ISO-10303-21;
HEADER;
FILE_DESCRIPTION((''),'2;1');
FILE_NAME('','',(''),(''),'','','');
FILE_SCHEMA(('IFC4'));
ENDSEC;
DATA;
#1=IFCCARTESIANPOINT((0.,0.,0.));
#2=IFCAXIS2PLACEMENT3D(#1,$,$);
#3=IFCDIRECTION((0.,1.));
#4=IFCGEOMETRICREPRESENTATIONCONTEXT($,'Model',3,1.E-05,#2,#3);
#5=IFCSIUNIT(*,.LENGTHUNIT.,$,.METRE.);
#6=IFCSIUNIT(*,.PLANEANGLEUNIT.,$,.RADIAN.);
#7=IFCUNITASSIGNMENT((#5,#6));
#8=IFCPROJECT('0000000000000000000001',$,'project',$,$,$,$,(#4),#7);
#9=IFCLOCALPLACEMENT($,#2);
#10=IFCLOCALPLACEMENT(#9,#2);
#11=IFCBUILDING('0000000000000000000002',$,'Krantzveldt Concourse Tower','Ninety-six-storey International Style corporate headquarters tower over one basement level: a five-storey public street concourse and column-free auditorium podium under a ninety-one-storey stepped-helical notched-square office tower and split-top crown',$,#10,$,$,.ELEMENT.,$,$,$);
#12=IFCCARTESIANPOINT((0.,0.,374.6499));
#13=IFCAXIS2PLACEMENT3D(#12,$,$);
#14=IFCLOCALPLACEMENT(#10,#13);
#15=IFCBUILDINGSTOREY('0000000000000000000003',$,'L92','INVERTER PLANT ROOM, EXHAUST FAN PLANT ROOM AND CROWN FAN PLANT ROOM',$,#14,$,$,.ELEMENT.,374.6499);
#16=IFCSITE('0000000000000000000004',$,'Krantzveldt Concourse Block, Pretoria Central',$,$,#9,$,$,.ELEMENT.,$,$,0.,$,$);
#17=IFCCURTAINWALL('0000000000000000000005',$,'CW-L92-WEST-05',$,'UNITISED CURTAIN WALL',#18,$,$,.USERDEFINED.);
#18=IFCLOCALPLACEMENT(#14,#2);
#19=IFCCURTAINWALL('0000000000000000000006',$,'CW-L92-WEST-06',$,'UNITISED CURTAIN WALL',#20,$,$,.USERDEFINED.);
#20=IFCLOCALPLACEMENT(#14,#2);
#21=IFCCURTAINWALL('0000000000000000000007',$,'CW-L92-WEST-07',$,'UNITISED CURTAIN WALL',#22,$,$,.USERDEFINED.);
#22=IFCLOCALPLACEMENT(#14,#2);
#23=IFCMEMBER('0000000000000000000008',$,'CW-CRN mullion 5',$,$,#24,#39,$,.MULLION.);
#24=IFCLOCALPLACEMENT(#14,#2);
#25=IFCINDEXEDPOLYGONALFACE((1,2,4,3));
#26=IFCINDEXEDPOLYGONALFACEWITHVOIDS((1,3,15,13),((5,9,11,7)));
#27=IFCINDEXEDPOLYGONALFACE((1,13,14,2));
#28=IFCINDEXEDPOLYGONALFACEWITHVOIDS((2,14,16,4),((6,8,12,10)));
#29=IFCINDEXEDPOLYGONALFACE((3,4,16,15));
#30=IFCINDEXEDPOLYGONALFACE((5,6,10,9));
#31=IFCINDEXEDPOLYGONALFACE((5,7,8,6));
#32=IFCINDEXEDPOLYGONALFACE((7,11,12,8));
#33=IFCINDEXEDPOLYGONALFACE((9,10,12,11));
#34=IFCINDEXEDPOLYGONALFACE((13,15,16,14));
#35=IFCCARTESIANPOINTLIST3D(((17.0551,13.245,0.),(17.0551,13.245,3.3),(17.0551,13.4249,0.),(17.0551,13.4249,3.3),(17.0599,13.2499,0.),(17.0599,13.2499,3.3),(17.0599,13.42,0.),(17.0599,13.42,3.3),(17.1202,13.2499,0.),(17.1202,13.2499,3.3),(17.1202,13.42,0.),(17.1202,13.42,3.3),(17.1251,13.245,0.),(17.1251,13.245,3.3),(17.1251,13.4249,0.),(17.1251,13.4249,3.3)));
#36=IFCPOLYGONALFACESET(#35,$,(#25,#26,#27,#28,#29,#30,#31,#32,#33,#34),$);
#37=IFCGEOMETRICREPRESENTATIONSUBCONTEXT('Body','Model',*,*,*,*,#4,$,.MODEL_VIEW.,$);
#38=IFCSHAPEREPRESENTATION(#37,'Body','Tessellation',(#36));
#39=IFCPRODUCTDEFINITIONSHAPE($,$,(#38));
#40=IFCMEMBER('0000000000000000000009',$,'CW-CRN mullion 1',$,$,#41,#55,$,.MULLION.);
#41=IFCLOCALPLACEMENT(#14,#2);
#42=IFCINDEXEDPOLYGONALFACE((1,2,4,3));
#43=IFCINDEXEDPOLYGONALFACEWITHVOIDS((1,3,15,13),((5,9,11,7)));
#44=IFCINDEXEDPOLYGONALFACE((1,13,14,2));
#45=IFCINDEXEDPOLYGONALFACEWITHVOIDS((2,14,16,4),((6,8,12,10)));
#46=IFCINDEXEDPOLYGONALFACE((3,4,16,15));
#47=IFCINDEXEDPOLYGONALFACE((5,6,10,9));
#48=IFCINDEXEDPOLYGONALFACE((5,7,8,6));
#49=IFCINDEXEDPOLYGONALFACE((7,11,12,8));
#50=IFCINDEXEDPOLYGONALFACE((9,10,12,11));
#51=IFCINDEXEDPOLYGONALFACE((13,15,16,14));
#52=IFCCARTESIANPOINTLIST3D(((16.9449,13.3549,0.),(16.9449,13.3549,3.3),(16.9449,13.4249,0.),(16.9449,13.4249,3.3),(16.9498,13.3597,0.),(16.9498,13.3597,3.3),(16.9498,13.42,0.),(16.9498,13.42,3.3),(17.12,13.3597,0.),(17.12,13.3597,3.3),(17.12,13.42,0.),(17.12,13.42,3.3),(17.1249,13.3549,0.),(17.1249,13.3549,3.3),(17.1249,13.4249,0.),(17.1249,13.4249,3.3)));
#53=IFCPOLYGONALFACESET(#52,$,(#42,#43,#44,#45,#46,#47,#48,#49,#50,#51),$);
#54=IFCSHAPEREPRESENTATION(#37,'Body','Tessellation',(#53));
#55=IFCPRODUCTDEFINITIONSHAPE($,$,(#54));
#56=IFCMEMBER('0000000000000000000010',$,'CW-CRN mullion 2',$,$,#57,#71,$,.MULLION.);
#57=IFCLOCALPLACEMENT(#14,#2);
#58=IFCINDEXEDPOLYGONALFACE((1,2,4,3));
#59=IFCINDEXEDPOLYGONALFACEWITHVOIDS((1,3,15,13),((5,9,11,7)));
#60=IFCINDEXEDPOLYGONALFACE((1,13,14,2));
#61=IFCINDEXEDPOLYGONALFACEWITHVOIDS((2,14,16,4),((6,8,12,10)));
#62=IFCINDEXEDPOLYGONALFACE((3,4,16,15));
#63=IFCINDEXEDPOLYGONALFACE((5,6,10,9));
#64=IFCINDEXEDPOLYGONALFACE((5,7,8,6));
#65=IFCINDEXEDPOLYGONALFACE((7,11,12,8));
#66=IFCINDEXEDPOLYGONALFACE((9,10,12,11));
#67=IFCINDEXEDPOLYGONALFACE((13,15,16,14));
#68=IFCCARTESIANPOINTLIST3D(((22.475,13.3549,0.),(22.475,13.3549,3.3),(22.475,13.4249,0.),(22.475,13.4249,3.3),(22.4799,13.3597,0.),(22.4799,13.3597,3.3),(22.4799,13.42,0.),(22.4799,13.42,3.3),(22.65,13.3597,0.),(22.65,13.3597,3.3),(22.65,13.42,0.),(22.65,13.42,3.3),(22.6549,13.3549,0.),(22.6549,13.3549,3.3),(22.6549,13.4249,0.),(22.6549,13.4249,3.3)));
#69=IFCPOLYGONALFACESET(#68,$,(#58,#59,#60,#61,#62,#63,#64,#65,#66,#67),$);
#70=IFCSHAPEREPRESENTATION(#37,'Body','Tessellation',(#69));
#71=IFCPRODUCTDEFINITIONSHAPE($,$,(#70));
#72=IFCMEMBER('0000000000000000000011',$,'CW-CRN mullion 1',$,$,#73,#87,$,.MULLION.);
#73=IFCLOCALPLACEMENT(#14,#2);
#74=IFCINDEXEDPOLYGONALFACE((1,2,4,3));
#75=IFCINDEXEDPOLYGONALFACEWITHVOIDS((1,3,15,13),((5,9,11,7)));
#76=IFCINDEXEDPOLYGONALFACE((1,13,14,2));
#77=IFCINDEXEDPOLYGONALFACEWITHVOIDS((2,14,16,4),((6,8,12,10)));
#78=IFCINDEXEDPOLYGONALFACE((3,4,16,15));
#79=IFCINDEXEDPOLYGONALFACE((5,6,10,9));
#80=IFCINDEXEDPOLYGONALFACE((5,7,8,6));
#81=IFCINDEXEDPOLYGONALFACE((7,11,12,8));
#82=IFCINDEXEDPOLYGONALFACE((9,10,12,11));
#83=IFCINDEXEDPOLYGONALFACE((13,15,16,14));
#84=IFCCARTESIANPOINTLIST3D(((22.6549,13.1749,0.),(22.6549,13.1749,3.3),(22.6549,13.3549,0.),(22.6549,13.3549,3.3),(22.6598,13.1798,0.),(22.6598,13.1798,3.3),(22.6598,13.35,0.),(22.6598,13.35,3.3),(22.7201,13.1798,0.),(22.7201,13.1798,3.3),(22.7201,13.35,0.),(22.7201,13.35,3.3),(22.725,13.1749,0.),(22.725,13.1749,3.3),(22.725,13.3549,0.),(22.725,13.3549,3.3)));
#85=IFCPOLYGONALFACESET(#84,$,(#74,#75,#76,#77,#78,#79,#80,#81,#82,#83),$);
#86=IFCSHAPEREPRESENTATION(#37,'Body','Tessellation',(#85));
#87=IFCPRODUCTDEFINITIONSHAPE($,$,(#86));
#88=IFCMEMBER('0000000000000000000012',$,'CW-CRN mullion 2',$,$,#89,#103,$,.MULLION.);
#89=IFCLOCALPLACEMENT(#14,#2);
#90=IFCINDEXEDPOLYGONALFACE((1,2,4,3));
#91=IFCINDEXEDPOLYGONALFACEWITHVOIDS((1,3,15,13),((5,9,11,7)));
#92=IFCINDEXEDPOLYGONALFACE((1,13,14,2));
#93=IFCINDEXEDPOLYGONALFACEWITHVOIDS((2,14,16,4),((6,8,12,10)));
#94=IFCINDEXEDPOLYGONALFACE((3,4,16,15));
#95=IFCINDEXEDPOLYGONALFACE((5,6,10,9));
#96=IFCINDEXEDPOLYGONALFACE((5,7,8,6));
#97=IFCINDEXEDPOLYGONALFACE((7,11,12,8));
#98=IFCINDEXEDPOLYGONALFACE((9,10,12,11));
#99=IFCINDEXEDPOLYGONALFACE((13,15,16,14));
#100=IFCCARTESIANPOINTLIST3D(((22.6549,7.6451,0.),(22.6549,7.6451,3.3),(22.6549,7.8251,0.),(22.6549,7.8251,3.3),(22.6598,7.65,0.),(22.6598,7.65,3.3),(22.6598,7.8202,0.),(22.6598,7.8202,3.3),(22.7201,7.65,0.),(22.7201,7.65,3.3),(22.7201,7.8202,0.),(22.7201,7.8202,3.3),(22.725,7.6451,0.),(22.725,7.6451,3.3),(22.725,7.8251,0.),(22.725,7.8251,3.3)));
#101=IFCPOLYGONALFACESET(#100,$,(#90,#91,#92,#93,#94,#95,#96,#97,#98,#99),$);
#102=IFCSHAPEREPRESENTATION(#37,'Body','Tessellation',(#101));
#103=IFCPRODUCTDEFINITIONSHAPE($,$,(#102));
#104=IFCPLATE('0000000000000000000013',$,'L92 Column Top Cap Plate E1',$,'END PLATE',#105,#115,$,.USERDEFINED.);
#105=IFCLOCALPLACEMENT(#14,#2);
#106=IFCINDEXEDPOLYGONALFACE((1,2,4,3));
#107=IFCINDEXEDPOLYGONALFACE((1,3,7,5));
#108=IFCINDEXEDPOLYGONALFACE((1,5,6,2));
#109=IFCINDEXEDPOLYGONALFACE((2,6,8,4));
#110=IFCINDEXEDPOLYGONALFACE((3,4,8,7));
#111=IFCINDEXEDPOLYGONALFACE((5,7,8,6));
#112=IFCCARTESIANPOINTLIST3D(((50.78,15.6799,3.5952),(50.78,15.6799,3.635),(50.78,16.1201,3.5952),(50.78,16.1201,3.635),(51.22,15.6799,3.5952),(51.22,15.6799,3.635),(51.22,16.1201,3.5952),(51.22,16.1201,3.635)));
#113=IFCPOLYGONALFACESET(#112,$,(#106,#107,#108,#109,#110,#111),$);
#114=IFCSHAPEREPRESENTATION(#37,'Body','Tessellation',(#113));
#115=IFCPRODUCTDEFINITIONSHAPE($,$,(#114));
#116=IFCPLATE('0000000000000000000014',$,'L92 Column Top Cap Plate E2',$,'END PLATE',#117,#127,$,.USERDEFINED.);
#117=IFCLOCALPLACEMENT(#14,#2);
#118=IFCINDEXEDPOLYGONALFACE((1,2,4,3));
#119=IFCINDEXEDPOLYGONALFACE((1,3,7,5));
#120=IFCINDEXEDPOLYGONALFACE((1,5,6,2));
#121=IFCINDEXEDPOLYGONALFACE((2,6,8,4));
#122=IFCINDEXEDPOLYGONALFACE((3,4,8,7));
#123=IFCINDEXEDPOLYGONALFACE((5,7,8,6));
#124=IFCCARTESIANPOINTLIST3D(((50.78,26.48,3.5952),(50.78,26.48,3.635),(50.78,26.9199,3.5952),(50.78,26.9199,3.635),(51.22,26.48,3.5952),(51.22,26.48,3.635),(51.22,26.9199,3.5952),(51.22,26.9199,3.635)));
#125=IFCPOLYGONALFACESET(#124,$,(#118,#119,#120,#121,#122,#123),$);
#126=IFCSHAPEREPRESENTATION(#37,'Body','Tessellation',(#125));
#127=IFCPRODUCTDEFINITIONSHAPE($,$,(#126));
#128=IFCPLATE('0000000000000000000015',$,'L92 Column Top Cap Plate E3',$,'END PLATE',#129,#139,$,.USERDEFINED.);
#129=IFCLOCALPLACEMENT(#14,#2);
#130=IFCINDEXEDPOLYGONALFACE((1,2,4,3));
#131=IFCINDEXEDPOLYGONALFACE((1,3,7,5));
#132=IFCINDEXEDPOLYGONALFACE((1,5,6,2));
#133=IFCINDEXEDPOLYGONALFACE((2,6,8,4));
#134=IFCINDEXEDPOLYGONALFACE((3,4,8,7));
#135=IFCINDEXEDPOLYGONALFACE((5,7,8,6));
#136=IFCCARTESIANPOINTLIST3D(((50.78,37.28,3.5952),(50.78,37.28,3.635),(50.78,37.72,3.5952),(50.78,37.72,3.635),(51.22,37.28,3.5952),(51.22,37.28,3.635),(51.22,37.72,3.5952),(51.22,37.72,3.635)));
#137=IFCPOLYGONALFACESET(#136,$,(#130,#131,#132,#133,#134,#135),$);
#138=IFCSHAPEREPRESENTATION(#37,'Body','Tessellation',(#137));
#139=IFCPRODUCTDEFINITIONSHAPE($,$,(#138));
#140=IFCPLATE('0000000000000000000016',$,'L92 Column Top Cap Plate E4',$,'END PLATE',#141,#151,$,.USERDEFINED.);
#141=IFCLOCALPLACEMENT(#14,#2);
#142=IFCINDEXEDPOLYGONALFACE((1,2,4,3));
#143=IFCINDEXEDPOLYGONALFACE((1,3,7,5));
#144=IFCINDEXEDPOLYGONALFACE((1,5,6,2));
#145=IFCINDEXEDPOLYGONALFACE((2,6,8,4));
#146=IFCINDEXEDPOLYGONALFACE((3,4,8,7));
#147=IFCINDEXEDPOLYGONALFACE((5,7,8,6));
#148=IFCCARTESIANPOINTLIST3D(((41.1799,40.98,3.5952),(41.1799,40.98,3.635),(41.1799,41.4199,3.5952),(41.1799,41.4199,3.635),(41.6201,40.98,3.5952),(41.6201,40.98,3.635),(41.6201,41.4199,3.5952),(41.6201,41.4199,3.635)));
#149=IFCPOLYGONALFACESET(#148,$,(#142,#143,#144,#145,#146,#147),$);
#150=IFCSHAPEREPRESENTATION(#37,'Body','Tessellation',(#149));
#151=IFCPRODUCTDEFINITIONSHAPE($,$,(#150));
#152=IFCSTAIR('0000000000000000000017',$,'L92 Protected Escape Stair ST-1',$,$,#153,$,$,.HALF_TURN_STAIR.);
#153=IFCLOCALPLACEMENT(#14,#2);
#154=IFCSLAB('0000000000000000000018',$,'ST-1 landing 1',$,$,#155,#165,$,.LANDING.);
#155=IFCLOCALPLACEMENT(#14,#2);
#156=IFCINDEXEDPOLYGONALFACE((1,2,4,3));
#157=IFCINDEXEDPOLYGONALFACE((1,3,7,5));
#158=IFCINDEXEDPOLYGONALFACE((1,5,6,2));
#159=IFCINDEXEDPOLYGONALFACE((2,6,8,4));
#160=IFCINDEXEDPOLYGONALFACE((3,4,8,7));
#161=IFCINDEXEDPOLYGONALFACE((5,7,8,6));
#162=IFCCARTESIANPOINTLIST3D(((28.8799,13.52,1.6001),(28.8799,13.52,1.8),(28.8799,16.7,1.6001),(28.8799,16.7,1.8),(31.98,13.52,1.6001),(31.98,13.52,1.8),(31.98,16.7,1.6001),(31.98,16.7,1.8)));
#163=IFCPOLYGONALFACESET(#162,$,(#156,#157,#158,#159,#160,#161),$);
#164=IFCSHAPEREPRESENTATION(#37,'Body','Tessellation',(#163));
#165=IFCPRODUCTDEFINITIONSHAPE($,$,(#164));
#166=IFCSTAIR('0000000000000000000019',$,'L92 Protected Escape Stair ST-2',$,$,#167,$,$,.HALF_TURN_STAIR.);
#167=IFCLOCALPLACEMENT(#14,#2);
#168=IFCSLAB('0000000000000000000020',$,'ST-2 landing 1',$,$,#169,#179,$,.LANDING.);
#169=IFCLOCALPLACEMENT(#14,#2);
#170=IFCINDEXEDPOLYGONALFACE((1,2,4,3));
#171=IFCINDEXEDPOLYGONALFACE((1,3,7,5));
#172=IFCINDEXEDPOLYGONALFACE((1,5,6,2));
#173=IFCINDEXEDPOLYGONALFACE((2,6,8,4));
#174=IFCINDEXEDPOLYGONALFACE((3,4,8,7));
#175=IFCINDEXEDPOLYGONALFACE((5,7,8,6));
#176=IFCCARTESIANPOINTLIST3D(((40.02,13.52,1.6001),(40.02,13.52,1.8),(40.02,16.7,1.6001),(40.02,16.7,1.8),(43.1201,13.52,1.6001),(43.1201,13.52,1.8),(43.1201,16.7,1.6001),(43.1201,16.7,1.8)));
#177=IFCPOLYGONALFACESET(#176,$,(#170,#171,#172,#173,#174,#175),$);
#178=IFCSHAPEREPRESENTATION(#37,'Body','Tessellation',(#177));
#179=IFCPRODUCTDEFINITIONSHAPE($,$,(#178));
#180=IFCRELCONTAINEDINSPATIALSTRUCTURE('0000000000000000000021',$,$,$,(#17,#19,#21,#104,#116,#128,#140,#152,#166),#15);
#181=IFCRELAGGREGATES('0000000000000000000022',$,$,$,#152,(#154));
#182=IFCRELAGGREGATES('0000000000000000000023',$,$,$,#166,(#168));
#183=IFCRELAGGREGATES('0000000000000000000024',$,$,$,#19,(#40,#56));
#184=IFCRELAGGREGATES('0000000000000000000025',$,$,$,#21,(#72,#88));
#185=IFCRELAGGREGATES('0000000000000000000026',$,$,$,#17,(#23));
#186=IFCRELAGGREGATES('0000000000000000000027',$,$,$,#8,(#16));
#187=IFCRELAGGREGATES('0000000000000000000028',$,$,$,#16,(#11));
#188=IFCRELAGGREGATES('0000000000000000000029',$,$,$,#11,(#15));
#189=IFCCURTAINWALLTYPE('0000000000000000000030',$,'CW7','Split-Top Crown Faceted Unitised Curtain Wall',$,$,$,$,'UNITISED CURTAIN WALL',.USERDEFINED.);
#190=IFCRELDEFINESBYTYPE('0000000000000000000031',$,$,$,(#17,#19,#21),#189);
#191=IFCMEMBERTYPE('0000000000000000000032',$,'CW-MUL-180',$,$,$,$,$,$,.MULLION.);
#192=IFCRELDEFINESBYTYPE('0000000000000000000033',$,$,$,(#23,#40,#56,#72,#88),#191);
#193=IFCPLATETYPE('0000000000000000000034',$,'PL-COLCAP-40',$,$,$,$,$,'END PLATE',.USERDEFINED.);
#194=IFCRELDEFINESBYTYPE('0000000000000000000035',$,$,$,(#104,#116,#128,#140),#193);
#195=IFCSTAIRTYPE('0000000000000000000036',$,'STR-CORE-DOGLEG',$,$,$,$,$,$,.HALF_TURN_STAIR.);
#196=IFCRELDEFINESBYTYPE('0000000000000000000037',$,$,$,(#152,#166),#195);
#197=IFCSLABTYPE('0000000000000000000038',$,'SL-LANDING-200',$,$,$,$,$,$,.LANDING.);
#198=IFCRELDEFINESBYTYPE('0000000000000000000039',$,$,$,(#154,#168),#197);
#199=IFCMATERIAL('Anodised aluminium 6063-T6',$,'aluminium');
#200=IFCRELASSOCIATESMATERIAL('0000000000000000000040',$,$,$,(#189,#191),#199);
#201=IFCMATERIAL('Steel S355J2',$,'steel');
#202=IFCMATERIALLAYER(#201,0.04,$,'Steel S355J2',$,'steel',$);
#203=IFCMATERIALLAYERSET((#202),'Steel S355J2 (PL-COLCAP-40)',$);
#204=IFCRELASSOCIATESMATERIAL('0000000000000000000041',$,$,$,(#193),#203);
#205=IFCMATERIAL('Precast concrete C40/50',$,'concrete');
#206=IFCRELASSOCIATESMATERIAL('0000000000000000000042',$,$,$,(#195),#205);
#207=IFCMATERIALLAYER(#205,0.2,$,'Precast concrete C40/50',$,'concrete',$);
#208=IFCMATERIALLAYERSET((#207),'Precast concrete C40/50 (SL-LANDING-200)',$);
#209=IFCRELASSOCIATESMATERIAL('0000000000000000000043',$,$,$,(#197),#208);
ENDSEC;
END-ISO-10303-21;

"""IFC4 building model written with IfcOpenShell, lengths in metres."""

from ifc_helpers import new_model, si_unit, direction, frame, origin, origin_2d, place, context, subcontext, project, spatial, polyline, hollow_rectangle, outline, extrude, source, transform, mapped, material, layer, layer_set, material_profile, profile_set, type_object, type_shapes, element, aggregate, save


model = new_model("IFC4")

# Units and contexts
model_context = context("Model", 3, precision=1e-05, world=origin(), true_north=direction((0.0, 1.0)))
body_context = subcontext(model_context, "Body", "Model", "MODEL_VIEW")
ifc_project = project(units=[si_unit("LENGTHUNIT", "METRE"), si_unit("PLANEANGLEUNIT", "RADIAN")], contexts=[model_context])

# Site, building, storey
site_placement = place(None, origin())
site = spatial("IfcSite", under=ifc_project, at=site_placement, Name="Krantzveldt Concourse Block, Pretoria Central", CompositionType="ELEMENT", RefElevation=0.0)
building_placement = place(site_placement, origin())
building = spatial("IfcBuilding", under=site, at=building_placement, Name="Krantzveldt Concourse Tower", Description="Ninety-six-storey International Style corporate headquarters tower over one basement level: a five-storey public street concourse and column-free auditorium podium under a ninety-one-storey stepped-helical notched-square office tower and split-top crown", CompositionType="ELEMENT")
storey_placement = place(building_placement, frame((0.0, 0.0, 374.6499)))
storey = spatial("IfcBuildingStorey", under=building, at=storey_placement, Name="L92", Description="INVERTER PLANT ROOM, EXHAUST FAN PLANT ROOM AND CROWN FAN PLANT ROOM", CompositionType="ELEMENT", Elevation=374.6499)

# Shared definitions
ifc_material_1 = material(Name="Steel S355J2", Category="steel")

# Curtain walls
ifc_material_2 = material(Name="Anodised aluminium 6063-T6", Category="aluminium")
curtain_wall_type = type_object("IfcCurtainWallType", Name="CW7", Description="Split-Top Crown Faceted Unitised Curtain Wall", ElementType="UNITISED CURTAIN WALL", PredefinedType="USERDEFINED", material=ifc_material_2)
curtain_wall_1_placement = place(storey_placement, origin())
curtain_wall_1 = element("IfcCurtainWall", 1, at=curtain_wall_1_placement, inside=storey, type_object=curtain_wall_type, Name="CW-L92-WEST-05", ObjectType="UNITISED CURTAIN WALL", PredefinedType="USERDEFINED")
curtain_wall_2_placement = place(storey_placement, origin())
curtain_wall_2 = element("IfcCurtainWall", 2, at=curtain_wall_2_placement, inside=storey, type_object=curtain_wall_type, Name="CW-L92-WEST-06", ObjectType="UNITISED CURTAIN WALL", PredefinedType="USERDEFINED")
curtain_wall_3_placement = place(storey_placement, origin())
curtain_wall_3 = element("IfcCurtainWall", 3, at=curtain_wall_3_placement, inside=storey, type_object=curtain_wall_type, Name="CW-L92-WEST-07", ObjectType="UNITISED CURTAIN WALL", PredefinedType="USERDEFINED")
ifc_material_profile_1 = material_profile(ifc_material_2, hollow_rectangle(XDim=0.0701, YDim=0.1799, WallThickness=0.0049, at=origin_2d()), Name="Anodised aluminium 6063-T6", Category="aluminium")
ifc_profile_set_1 = profile_set([ifc_material_profile_1], Name="Anodised aluminium 6063-T6 - ALU-MULL 180x70x5")
member_type_1 = type_object("IfcMemberType", Name="CW-MUL-180", PredefinedType="MULLION", material=ifc_profile_set_1)
shared_shape_1 = source(origin(), body_context, "Body", "SweptSolid", [
    extrude(hollow_rectangle(XDim=0.0701, YDim=0.1799, WallThickness=0.0049, at=origin_2d()), origin(), (0.0, 0.0, 1.0), 3.3),
])
type_shapes(member_type_1, [shared_shape_1])

# Members
member_1_placement = place(storey_placement, frame((17.0901, 13.335, 0.0), z_axis=(0.0, 0.0, 1.0), x_axis=(1.0, 0.0, 0.0)))
member_1 = element("IfcMember", 4, at=member_1_placement, type_object=member_type_1, Name="CW-CRN mullion 5", PredefinedType="MULLION", context=body_context, shape_type="MappedRepresentation", body=[
    mapped(shared_shape_1, transform((0.0, 0.0, 0.0), x_axis=(1.0, 0.0, 0.0), y_axis=(0.0, 1.0, 0.0), z_axis=(0.0, 0.0, 1.0), scale=1.0)),
])
member_2_placement = place(storey_placement, frame((17.0349, 13.3899, 0.0), z_axis=(0.0, 0.0, 1.0), x_axis=(0.0, 1.0, 0.0)))
member_2 = element("IfcMember", 5, at=member_2_placement, type_object=member_type_1, Name="CW-CRN mullion 1", PredefinedType="MULLION", context=body_context, shape_type="MappedRepresentation", body=[
    mapped(shared_shape_1, transform((0.0, 0.0, 0.0), x_axis=(1.0, 0.0, 0.0), y_axis=(0.0, 1.0, 0.0), z_axis=(0.0, 0.0, 1.0), scale=1.0)),
])
member_3_placement = place(storey_placement, frame((22.5649, 13.3899, 0.0), z_axis=(0.0, 0.0, 1.0), x_axis=(0.0, 1.0, 0.0)))
member_3 = element("IfcMember", 6, at=member_3_placement, type_object=member_type_1, Name="CW-CRN mullion 2", PredefinedType="MULLION", context=body_context, shape_type="MappedRepresentation", body=[
    mapped(shared_shape_1, transform((0.0, 0.0, 0.0), x_axis=(1.0, 0.0, 0.0), y_axis=(0.0, 1.0, 0.0), z_axis=(0.0, 0.0, 1.0), scale=1.0)),
])
member_4_placement = place(storey_placement, frame((22.6899, 13.2649, 0.0), z_axis=(0.0, 0.0, 1.0), x_axis=(1.0, 0.0, 0.0)))
member_4 = element("IfcMember", 7, at=member_4_placement, type_object=member_type_1, Name="CW-CRN mullion 1", PredefinedType="MULLION", context=body_context, shape_type="MappedRepresentation", body=[
    mapped(shared_shape_1, transform((0.0, 0.0, 0.0), x_axis=(1.0, 0.0, 0.0), y_axis=(0.0, 1.0, 0.0), z_axis=(0.0, 0.0, 1.0), scale=1.0)),
])
member_5_placement = place(storey_placement, frame((22.6899, 7.7351, 0.0), z_axis=(0.0, 0.0, 1.0), x_axis=(1.0, 0.0, 0.0)))
member_5 = element("IfcMember", 8, at=member_5_placement, type_object=member_type_1, Name="CW-CRN mullion 2", PredefinedType="MULLION", context=body_context, shape_type="MappedRepresentation", body=[
    mapped(shared_shape_1, transform((0.0, 0.0, 0.0), x_axis=(1.0, 0.0, 0.0), y_axis=(0.0, 1.0, 0.0), z_axis=(0.0, 0.0, 1.0), scale=1.0)),
])

# Plates
ifc_layer_1 = layer(ifc_material_1, 0.04, Name="Steel S355J2", Category="steel")
ifc_layer_set_1 = layer_set([ifc_layer_1], Name="Steel S355J2 (PL-COLCAP-40)")
plate_type_1 = type_object("IfcPlateType", Name="PL-COLCAP-40", ElementType="END PLATE", PredefinedType="USERDEFINED", material=ifc_layer_set_1)
plate_1_placement = place(storey_placement, frame((0.0, 0.0, 3.5952)))
element("IfcPlate", 9, at=plate_1_placement, inside=storey, type_object=plate_type_1, Name="L92 Column Top Cap Plate E1", ObjectType="END PLATE", PredefinedType="USERDEFINED", context=body_context, shape_type="SweptSolid", body=[
    extrude(outline(polyline([(50.78, 15.6799), (51.22, 15.6799), (51.22, 16.1201), (50.78, 16.1201), (50.78, 15.6799)])), origin(), (0.0, 0.0, 1.0), 0.0398),
])
plate_2_placement = place(storey_placement, frame((0.0, 0.0, 3.5952)))
element("IfcPlate", 10, at=plate_2_placement, inside=storey, type_object=plate_type_1, Name="L92 Column Top Cap Plate E2", ObjectType="END PLATE", PredefinedType="USERDEFINED", context=body_context, shape_type="SweptSolid", body=[
    extrude(outline(polyline([(50.78, 26.48), (51.22, 26.48), (51.22, 26.9199), (50.78, 26.9199), (50.78, 26.48)])), origin(), (0.0, 0.0, 1.0), 0.0398),
])
plate_3_placement = place(storey_placement, frame((0.0, 0.0, 3.5952)))
element("IfcPlate", 11, at=plate_3_placement, inside=storey, type_object=plate_type_1, Name="L92 Column Top Cap Plate E3", ObjectType="END PLATE", PredefinedType="USERDEFINED", context=body_context, shape_type="SweptSolid", body=[
    extrude(outline(polyline([(50.78, 37.28), (51.22, 37.28), (51.22, 37.72), (50.78, 37.72), (50.78, 37.28)])), origin(), (0.0, 0.0, 1.0), 0.0398),
])
plate_4_placement = place(storey_placement, frame((0.0, 0.0, 3.5952)))
element("IfcPlate", 12, at=plate_4_placement, inside=storey, type_object=plate_type_1, Name="L92 Column Top Cap Plate E4", ObjectType="END PLATE", PredefinedType="USERDEFINED", context=body_context, shape_type="SweptSolid", body=[
    extrude(outline(polyline([(41.1799, 40.98), (41.6201, 40.98), (41.6201, 41.4199), (41.1799, 41.4199), (41.1799, 40.98)])), origin(), (0.0, 0.0, 1.0), 0.0398),
])

# Stairs, slabs
ifc_material_3 = material(Name="Precast concrete C40/50", Category="concrete")
stair_type = type_object("IfcStairType", Name="STR-CORE-DOGLEG", PredefinedType="HALF_TURN_STAIR", material=ifc_material_3)
stair_1_placement = place(storey_placement, origin())
stair_1 = element("IfcStair", 13, at=stair_1_placement, inside=storey, type_object=stair_type, Name="L92 Protected Escape Stair ST-1", PredefinedType="HALF_TURN_STAIR")
ifc_layer_2 = layer(ifc_material_3, 0.2, Name="Precast concrete C40/50", Category="concrete")
ifc_layer_set_2 = layer_set([ifc_layer_2], Name="Precast concrete C40/50 (SL-LANDING-200)")
slab_type_1 = type_object("IfcSlabType", Name="SL-LANDING-200", PredefinedType="LANDING", material=ifc_layer_set_2)
slab_1_placement = place(storey_placement, frame((0.0, 0.0, 1.6001)))
slab_1 = element("IfcSlab", 14, at=slab_1_placement, type_object=slab_type_1, Name="ST-1 landing 1", PredefinedType="LANDING", context=body_context, shape_type="SweptSolid", body=[
    extrude(outline(polyline([(28.8799, 16.7), (28.8799, 13.52), (31.98, 13.52), (31.98, 16.7), (28.8799, 16.7)])), origin(), (0.0, 0.0, 1.0), 0.2),
])
aggregate(stair_1, [slab_1])
stair_2_placement = place(storey_placement, origin())
stair_2 = element("IfcStair", 15, at=stair_2_placement, inside=storey, type_object=stair_type, Name="L92 Protected Escape Stair ST-2", PredefinedType="HALF_TURN_STAIR")
slab_2_placement = place(storey_placement, frame((0.0, 0.0, 1.6001)))
slab_2 = element("IfcSlab", 16, at=slab_2_placement, type_object=slab_type_1, Name="ST-2 landing 1", PredefinedType="LANDING", context=body_context, shape_type="SweptSolid", body=[
    extrude(outline(polyline([(40.02, 16.7), (40.02, 13.52), (43.1201, 13.52), (43.1201, 16.7), (40.02, 16.7)])), origin(), (0.0, 0.0, 1.0), 0.2),
])
aggregate(stair_2, [slab_2])

aggregate(curtain_wall_2, [member_2, member_3])
aggregate(curtain_wall_3, [member_4, member_5])
aggregate(curtain_wall_1, [member_1])

save(model, "model.ifc")
